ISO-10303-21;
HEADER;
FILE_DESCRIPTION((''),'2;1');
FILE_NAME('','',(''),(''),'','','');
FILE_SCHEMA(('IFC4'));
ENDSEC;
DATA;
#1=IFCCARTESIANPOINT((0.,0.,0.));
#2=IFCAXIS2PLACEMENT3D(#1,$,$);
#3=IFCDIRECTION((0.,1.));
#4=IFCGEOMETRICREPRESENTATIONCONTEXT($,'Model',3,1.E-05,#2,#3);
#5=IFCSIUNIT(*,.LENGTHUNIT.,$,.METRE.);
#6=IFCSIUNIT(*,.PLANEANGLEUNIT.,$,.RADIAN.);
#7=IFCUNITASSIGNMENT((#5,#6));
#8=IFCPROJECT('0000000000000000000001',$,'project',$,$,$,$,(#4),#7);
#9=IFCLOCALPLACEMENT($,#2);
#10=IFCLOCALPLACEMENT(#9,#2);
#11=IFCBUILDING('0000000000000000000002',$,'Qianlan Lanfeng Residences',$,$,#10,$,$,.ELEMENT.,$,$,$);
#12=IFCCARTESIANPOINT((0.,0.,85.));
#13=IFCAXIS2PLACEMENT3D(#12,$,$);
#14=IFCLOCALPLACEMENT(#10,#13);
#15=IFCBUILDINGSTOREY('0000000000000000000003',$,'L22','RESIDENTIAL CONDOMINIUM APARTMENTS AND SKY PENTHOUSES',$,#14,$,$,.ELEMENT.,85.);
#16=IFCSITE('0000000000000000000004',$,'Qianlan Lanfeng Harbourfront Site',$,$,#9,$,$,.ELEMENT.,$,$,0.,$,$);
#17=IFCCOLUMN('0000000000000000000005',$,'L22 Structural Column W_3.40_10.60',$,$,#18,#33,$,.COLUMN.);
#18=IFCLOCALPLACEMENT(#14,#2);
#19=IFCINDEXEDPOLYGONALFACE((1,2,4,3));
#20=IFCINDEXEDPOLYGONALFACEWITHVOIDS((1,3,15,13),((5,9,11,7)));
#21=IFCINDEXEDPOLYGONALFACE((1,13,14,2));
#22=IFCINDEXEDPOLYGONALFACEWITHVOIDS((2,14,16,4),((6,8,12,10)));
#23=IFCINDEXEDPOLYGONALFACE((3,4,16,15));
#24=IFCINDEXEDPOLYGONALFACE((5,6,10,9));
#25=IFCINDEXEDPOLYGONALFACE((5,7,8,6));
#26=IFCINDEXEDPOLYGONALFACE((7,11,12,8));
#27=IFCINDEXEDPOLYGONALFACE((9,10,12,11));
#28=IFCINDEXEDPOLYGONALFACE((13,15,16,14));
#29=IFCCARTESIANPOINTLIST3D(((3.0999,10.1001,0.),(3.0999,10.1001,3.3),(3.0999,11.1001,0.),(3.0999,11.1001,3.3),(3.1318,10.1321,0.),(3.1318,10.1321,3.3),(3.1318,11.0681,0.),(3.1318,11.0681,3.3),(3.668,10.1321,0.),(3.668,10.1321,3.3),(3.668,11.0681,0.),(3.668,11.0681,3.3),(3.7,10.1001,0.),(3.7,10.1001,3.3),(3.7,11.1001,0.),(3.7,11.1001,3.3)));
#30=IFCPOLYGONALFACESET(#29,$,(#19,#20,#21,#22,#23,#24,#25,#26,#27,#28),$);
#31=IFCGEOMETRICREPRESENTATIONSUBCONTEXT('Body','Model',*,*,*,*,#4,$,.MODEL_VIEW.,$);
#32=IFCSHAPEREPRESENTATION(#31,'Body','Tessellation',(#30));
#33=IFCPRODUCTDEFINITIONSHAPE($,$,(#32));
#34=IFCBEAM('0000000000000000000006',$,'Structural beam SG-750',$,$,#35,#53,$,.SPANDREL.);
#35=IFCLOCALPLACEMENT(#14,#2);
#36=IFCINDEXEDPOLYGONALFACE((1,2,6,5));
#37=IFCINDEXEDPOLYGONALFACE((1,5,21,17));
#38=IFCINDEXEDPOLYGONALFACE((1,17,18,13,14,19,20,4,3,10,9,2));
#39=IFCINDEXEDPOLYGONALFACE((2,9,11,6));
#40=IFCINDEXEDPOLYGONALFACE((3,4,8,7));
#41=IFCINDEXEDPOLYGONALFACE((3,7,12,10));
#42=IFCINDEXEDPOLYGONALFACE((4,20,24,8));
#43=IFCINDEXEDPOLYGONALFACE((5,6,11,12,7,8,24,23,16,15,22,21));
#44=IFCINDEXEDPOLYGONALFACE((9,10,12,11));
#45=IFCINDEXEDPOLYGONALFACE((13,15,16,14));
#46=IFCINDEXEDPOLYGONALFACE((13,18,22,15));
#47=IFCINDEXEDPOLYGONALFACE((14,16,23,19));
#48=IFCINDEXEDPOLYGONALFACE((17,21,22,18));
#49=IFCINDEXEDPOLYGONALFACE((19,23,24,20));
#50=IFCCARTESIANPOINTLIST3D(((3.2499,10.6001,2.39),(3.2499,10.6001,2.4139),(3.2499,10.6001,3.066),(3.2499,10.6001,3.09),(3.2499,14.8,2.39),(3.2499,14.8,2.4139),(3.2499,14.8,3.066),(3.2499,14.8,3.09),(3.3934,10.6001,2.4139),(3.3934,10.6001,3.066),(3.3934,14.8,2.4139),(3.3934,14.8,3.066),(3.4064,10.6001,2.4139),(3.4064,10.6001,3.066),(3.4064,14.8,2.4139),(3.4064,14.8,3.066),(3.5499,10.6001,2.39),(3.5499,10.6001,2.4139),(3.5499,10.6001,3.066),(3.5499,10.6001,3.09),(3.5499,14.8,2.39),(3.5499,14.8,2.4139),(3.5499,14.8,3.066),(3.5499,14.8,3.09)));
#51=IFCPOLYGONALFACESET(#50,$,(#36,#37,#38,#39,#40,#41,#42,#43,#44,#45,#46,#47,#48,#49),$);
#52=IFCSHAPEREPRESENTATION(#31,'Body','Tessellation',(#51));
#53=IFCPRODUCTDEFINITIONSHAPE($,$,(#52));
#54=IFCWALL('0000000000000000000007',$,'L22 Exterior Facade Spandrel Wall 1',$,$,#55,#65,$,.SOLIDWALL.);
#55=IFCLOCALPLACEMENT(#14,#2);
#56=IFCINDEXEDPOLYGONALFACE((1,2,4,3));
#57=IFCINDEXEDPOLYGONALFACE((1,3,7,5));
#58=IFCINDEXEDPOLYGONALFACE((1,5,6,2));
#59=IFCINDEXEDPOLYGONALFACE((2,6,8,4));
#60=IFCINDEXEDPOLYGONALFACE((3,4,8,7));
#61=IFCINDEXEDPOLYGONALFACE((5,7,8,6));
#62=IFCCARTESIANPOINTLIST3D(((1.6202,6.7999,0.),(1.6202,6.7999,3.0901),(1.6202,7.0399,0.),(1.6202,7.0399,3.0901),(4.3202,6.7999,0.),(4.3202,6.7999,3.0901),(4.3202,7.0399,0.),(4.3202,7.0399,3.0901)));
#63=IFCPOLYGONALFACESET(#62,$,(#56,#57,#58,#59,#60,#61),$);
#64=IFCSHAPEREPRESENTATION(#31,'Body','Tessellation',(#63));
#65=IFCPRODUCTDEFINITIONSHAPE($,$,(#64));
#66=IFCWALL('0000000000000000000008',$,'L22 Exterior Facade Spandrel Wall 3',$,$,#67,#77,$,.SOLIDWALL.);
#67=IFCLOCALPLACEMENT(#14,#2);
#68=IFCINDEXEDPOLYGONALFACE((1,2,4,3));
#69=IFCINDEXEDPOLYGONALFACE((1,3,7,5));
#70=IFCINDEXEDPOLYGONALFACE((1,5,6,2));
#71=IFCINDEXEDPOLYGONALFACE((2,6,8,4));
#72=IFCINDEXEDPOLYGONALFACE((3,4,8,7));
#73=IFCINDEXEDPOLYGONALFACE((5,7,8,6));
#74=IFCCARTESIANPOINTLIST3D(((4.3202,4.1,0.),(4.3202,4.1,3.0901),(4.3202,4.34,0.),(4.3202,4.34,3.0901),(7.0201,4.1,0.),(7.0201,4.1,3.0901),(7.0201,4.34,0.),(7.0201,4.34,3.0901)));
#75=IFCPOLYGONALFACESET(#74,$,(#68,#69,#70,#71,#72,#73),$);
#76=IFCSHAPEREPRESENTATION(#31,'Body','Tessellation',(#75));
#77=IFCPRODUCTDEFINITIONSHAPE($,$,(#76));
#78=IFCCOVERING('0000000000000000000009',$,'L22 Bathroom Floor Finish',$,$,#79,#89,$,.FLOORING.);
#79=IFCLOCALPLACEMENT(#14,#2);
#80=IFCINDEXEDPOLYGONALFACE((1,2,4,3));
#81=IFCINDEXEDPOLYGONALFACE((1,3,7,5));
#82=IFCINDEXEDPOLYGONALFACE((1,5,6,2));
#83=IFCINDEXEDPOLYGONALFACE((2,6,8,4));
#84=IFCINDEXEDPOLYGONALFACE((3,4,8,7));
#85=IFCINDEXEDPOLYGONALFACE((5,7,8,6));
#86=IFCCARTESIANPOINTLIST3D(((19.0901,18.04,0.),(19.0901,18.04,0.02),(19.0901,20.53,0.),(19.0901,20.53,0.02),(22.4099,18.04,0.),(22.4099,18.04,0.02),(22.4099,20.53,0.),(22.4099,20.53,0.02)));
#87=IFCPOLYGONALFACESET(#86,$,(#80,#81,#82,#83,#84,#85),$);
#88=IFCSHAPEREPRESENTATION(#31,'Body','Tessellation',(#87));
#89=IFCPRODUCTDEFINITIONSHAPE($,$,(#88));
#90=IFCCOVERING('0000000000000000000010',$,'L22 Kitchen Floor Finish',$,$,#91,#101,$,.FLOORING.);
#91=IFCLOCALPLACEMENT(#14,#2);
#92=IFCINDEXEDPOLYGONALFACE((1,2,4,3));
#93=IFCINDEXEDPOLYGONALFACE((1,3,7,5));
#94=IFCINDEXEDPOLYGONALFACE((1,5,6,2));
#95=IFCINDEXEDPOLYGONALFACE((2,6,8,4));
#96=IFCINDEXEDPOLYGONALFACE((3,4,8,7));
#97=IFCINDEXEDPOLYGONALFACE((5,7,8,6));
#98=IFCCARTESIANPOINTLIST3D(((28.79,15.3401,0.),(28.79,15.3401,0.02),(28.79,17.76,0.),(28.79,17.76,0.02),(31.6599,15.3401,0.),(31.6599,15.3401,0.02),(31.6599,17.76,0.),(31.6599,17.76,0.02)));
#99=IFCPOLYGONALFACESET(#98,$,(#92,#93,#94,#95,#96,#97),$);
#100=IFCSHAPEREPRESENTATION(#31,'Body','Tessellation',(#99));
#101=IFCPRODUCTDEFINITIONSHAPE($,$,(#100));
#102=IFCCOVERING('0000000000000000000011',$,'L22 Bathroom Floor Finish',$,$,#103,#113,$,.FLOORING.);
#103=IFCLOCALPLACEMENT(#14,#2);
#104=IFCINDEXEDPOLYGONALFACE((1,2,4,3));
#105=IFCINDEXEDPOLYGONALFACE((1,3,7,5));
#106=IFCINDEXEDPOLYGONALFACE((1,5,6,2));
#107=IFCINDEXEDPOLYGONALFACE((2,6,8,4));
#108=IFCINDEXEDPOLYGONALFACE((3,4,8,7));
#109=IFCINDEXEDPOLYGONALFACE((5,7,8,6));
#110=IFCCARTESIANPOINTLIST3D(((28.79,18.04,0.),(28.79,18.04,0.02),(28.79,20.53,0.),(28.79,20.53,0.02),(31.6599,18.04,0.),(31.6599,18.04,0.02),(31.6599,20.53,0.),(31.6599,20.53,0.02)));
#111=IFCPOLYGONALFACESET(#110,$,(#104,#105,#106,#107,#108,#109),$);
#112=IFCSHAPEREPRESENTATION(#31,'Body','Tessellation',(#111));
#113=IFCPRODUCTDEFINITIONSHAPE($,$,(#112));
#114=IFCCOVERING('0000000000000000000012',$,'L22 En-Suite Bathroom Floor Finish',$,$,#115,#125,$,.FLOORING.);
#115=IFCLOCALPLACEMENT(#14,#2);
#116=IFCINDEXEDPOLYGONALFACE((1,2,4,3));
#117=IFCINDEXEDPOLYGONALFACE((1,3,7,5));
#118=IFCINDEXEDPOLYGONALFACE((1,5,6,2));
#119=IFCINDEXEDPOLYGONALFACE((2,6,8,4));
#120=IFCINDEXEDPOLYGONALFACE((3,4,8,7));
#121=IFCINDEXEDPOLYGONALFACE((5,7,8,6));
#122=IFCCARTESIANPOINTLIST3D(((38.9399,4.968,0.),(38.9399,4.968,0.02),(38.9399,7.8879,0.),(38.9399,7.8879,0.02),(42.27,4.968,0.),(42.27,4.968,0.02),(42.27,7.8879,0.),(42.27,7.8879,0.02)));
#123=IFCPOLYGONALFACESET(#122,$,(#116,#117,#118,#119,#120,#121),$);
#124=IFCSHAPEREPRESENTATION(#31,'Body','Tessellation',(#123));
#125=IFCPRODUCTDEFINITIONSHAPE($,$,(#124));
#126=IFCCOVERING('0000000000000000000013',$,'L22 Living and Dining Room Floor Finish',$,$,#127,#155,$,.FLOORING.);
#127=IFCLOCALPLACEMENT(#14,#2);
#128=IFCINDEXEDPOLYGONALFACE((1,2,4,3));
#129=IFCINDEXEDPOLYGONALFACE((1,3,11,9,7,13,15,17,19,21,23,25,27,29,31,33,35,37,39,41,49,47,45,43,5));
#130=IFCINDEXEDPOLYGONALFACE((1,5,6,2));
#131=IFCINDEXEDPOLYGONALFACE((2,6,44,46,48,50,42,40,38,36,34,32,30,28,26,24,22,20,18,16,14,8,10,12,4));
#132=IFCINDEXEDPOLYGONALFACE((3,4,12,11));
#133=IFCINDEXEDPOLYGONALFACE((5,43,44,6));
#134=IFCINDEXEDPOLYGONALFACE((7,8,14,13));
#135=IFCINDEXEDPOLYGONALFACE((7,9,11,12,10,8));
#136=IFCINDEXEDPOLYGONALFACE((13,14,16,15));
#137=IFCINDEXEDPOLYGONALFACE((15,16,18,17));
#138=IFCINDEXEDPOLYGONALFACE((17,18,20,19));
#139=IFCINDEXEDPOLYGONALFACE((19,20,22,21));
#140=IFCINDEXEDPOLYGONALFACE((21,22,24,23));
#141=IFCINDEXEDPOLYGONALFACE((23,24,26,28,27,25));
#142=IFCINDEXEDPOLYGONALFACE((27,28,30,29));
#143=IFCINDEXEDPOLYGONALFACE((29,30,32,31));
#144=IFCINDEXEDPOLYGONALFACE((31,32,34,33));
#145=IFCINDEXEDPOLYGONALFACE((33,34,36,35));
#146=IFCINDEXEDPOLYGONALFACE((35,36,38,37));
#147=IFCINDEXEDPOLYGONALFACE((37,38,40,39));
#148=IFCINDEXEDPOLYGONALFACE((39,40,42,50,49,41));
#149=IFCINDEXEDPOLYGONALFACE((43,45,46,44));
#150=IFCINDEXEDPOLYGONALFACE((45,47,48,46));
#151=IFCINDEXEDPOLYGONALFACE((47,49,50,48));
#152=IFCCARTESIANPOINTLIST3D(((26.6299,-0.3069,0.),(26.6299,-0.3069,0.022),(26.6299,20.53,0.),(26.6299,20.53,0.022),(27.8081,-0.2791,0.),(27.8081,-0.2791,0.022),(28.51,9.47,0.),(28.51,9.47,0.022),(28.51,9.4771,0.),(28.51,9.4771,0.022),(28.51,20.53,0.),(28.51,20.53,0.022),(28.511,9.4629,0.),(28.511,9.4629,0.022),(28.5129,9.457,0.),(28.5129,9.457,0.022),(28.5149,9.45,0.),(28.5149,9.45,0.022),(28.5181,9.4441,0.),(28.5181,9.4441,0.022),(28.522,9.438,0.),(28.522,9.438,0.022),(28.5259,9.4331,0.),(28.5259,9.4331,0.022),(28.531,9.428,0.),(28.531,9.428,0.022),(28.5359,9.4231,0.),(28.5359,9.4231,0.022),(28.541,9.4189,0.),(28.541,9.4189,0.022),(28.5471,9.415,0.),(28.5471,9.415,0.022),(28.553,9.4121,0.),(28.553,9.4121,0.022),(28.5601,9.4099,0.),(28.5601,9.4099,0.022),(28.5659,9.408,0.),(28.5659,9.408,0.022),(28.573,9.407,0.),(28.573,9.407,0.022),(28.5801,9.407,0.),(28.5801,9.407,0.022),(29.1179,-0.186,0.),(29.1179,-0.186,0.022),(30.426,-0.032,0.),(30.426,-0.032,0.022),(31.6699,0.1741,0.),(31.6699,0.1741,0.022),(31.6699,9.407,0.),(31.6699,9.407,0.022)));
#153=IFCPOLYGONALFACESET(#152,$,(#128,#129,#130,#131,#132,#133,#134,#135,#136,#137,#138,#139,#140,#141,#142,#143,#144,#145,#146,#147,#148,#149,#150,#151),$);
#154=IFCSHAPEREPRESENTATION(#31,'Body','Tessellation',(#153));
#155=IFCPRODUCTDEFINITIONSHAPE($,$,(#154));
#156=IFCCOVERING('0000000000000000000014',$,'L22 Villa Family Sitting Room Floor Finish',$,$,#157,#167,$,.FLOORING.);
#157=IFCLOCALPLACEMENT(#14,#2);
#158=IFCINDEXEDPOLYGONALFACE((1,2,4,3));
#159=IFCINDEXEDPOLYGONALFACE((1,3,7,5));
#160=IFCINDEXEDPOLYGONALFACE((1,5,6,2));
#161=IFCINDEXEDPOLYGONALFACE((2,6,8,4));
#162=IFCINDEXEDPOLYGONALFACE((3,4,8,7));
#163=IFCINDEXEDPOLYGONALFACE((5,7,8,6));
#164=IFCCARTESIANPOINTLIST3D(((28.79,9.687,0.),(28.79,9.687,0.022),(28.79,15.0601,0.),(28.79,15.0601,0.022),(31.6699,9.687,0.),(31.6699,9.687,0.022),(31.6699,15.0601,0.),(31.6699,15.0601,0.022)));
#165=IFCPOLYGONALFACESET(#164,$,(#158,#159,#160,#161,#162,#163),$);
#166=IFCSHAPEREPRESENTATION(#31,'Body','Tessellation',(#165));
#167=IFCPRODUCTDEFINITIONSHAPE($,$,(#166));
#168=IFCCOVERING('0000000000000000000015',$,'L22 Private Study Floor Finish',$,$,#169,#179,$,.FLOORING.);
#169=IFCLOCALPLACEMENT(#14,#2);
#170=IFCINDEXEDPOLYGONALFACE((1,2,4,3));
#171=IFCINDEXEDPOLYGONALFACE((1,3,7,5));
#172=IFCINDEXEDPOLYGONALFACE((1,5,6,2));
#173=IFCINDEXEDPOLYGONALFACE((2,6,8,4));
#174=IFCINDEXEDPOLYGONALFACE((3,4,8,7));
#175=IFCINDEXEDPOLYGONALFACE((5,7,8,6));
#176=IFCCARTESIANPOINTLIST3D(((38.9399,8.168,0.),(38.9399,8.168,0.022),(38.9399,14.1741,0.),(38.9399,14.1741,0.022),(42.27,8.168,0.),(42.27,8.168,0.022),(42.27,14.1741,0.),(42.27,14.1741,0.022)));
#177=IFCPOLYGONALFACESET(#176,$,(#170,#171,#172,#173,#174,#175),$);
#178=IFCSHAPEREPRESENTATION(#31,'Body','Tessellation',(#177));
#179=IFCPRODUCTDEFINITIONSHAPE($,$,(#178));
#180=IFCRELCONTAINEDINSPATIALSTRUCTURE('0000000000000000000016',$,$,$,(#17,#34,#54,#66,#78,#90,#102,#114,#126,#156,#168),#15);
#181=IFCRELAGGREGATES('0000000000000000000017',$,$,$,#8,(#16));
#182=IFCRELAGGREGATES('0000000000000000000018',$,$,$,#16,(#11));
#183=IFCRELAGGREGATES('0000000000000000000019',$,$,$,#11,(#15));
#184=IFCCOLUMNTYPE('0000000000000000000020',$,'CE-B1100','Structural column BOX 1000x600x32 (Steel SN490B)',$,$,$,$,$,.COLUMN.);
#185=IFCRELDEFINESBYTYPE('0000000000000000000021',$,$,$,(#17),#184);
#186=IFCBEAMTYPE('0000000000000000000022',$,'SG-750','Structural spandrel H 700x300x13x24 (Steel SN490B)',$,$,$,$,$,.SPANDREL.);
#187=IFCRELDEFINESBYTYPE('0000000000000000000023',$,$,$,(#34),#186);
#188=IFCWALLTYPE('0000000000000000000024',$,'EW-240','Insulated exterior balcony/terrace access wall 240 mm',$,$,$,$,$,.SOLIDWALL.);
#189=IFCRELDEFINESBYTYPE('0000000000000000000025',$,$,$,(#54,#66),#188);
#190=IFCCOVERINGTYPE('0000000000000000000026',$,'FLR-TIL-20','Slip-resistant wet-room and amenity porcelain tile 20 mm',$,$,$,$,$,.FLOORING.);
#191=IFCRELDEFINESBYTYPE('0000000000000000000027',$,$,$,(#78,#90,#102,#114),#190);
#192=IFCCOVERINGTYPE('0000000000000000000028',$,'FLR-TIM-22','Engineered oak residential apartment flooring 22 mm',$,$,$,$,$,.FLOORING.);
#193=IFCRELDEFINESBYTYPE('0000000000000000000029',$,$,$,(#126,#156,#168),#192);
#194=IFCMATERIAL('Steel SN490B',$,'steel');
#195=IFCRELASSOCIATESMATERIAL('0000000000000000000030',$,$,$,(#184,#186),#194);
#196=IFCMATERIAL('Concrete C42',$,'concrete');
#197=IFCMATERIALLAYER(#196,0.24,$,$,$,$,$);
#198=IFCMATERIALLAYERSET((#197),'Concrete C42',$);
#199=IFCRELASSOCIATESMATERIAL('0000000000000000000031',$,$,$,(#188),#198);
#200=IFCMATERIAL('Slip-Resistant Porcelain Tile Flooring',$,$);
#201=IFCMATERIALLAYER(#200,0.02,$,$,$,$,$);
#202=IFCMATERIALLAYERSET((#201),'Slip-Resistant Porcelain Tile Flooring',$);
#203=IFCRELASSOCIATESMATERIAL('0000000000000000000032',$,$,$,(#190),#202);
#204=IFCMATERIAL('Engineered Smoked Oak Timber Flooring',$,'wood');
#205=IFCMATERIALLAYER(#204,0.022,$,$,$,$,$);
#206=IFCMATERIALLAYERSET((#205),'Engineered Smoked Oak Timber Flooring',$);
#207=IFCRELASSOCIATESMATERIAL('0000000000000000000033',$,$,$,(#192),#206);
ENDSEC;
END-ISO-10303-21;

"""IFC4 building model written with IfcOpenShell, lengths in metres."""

from ifc_helpers import new_model, si_unit, direction, frame, frame_2d, origin, origin_2d, place, context, subcontext, project, spatial, polyline, rectangle, hollow_rectangle, i_section, outline, extrude, material, layer, layer_set, material_profile, profile_set, type_object, element, save


model = new_model("IFC4")

# Units and contexts
model_context = context("Model", 3, precision=1e-05, world=origin(), true_north=direction((0.0, 1.0)))
body_context = subcontext(model_context, "Body", "Model", "MODEL_VIEW")
ifc_project = project(units=[si_unit("LENGTHUNIT", "METRE"), si_unit("PLANEANGLEUNIT", "RADIAN")], contexts=[model_context])

# Site, building, storey
site_placement = place(None, origin())
site = spatial("IfcSite", under=ifc_project, at=site_placement, Name="Qianlan Lanfeng Harbourfront Site", CompositionType="ELEMENT", RefElevation=0.0)
building_placement = place(site_placement, origin())
building = spatial("IfcBuilding", under=site, at=building_placement, Name="Qianlan Lanfeng Residences", CompositionType="ELEMENT")
storey_placement = place(building_placement, frame((0.0, 0.0, 85.0)))
storey = spatial("IfcBuildingStorey", under=building, at=storey_placement, Name="L22", Description="RESIDENTIAL CONDOMINIUM APARTMENTS AND SKY PENTHOUSES", CompositionType="ELEMENT", Elevation=85.0)

# Column
ifc_material_1 = material(Name="Steel SN490B", Category="steel")
ifc_material_profile_1 = material_profile(ifc_material_1, hollow_rectangle(XDim=0.6001, YDim=1.0, WallThickness=0.032, at=origin_2d()), Name="BOX 1000x600x32")
ifc_profile_set_1 = profile_set([ifc_material_profile_1], Name="Steel SN490B")
column_type = type_object("IfcColumnType", Name="CE-B1100", Description="Structural column BOX 1000x600x32 (Steel SN490B)", PredefinedType="COLUMN", material=ifc_profile_set_1)
column_placement = place(storey_placement, frame((3.3999, 10.6001, 0.0), z_axis=(0.0, 0.0, 1.0), x_axis=(1.0, 0.0, 0.0)))
element("IfcColumn", 1, at=column_placement, inside=storey, type_object=column_type, Name="L22 Structural Column W_3.40_10.60", PredefinedType="COLUMN", context=body_context, shape_type="SweptSolid", body=[
    extrude(hollow_rectangle(XDim=0.6001, YDim=1.0, WallThickness=0.032, at=origin_2d()), origin(), (0.0, 0.0, 1.0), 3.3),
])

# Beam
ifc_material_profile_2 = material_profile(ifc_material_1, i_section(OverallWidth=0.3, OverallDepth=0.7, WebThickness=0.0129, FlangeThickness=0.0239, at=origin_2d()), Name="H 700x300x13x24")
ifc_profile_set_2 = profile_set([ifc_material_profile_2], Name="Steel SN490B")
beam_type = type_object("IfcBeamType", Name="SG-750", Description="Structural spandrel H 700x300x13x24 (Steel SN490B)", PredefinedType="SPANDREL", material=ifc_profile_set_2)
beam_placement = place(storey_placement, frame((3.3999, 10.6001, 2.74), z_axis=(0.0, 1.0, 0.0), x_axis=(-1.0, 0.0, 0.0)))
element("IfcBeam", 2, at=beam_placement, inside=storey, type_object=beam_type, Name="Structural beam SG-750", PredefinedType="SPANDREL", context=body_context, shape_type="SweptSolid", body=[
    extrude(i_section(OverallWidth=0.3, OverallDepth=0.7, WebThickness=0.0129, FlangeThickness=0.0239, at=origin_2d()), origin(), (0.0, 0.0, 1.0), 4.2),
])

# Walls
ifc_material_2 = material(Name="Concrete C42", Category="concrete")
ifc_layer_1 = layer(ifc_material_2, 0.24)
ifc_layer_set_1 = layer_set([ifc_layer_1], Name="Concrete C42")
wall_type = type_object("IfcWallType", Name="EW-240", Description="Insulated exterior balcony/terrace access wall 240 mm", PredefinedType="SOLIDWALL", material=ifc_layer_set_1)
for number, where, z_axis, x_axis, name in (
    (3, (1.6201, 6.9199, 0.0), (0.0, 0.0, 1.0), (1.0, 0.0, 0.0), "L22 Exterior Facade Spandrel Wall 1"),
    (4, (4.3201, 4.22, 0.0), (0.0, 0.0, 1.0), (1.0, 0.0, 0.0), "L22 Exterior Facade Spandrel Wall 3"),
):
    element("IfcWall", number, at=place(storey_placement, frame(where, z_axis=z_axis, x_axis=x_axis)), inside=storey, type_object=wall_type, Name=name, PredefinedType="SOLIDWALL", context=body_context, shape_type="SweptSolid", body=[
        extrude(rectangle(XDim=2.7, YDim=0.24, at=frame_2d((1.3501, 0.0))), origin(), (0.0, 0.0, 1.0), 3.0901),
    ])

# Coverings
ifc_material_3 = material(Name="Slip-Resistant Porcelain Tile Flooring")
ifc_layer_2 = layer(ifc_material_3, 0.02)
ifc_layer_set_2 = layer_set([ifc_layer_2], Name="Slip-Resistant Porcelain Tile Flooring")
covering_type_1 = type_object("IfcCoveringType", Name="FLR-TIL-20", Description="Slip-resistant wet-room and amenity porcelain tile 20 mm", PredefinedType="FLOORING", material=ifc_layer_set_2)
covering_1_placement = place(storey_placement, origin())
element("IfcCovering", 5, at=covering_1_placement, inside=storey, type_object=covering_type_1, Name="L22 Bathroom Floor Finish", PredefinedType="FLOORING", context=body_context, shape_type="SweptSolid", body=[
    extrude(outline(polyline([(19.0901, 18.04), (22.4099, 18.04), (22.4099, 20.53), (19.0901, 20.53), (19.0901, 18.04)])), origin(), (0.0, 0.0, 1.0), 0.02),
])
covering_2_placement = place(storey_placement, origin())
element("IfcCovering", 6, at=covering_2_placement, inside=storey, type_object=covering_type_1, Name="L22 Kitchen Floor Finish", PredefinedType="FLOORING", context=body_context, shape_type="SweptSolid", body=[
    extrude(outline(polyline([(28.79, 15.3401), (31.6599, 15.3401), (31.6599, 17.76), (28.79, 17.76), (28.79, 15.3401)])), origin(), (0.0, 0.0, 1.0), 0.02),
])
covering_3_placement = place(storey_placement, origin())
element("IfcCovering", 7, at=covering_3_placement, inside=storey, type_object=covering_type_1, Name="L22 Bathroom Floor Finish", PredefinedType="FLOORING", context=body_context, shape_type="SweptSolid", body=[
    extrude(outline(polyline([(28.79, 18.04), (31.6599, 18.04), (31.6599, 20.53), (28.79, 20.53), (28.79, 18.04)])), origin(), (0.0, 0.0, 1.0), 0.02),
])
covering_4_placement = place(storey_placement, origin())
element("IfcCovering", 8, at=covering_4_placement, inside=storey, type_object=covering_type_1, Name="L22 En-Suite Bathroom Floor Finish", PredefinedType="FLOORING", context=body_context, shape_type="SweptSolid", body=[
    extrude(outline(polyline([(38.9399, 4.968), (42.27, 4.968), (42.27, 7.8879), (38.9399, 7.8879), (38.9399, 4.968)])), origin(), (0.0, 0.0, 1.0), 0.02),
])
ifc_material_4 = material(Name="Engineered Smoked Oak Timber Flooring", Category="wood")
ifc_layer_3 = layer(ifc_material_4, 0.022)
ifc_layer_set_3 = layer_set([ifc_layer_3], Name="Engineered Smoked Oak Timber Flooring")
covering_type_2 = type_object("IfcCoveringType", Name="FLR-TIM-22", Description="Engineered oak residential apartment flooring 22 mm", PredefinedType="FLOORING", material=ifc_layer_set_3)
covering_5_placement = place(storey_placement, origin())
element("IfcCovering", 9, at=covering_5_placement, inside=storey, type_object=covering_type_2, Name="L22 Living and Dining Room Floor Finish", PredefinedType="FLOORING", context=body_context, shape_type="SweptSolid", body=[
    extrude(outline(polyline([(31.6699, 0.1741), (31.6699, 9.407), (28.5801, 9.407), (28.573, 9.407), (28.5659, 9.408), (28.5601, 9.4099), (28.553, 9.4121), (28.5471, 9.415), (28.541, 9.4189), (28.5359, 9.4231), (28.531, 9.428), (28.5259, 9.4331), (28.522, 9.438), (28.5181, 9.4441), (28.5149, 9.45), (28.5129, 9.457), (28.511, 9.4629), (28.51, 9.47), (28.51, 9.4771), (28.51, 20.53), (26.6299, 20.53), (26.6299, -0.3069), (27.8081, -0.2791), (29.1179, -0.186), (30.426, -0.032), (31.6699, 0.1741)])), origin(), (0.0, 0.0, 1.0), 0.022),
])
covering_6_placement = place(storey_placement, origin())
element("IfcCovering", 10, at=covering_6_placement, inside=storey, type_object=covering_type_2, Name="L22 Villa Family Sitting Room Floor Finish", PredefinedType="FLOORING", context=body_context, shape_type="SweptSolid", body=[
    extrude(outline(polyline([(28.79, 15.0601), (28.79, 9.687), (31.6699, 9.687), (31.6699, 15.0601), (28.79, 15.0601)])), origin(), (0.0, 0.0, 1.0), 0.022),
])
covering_7_placement = place(storey_placement, origin())
element("IfcCovering", 11, at=covering_7_placement, inside=storey, type_object=covering_type_2, Name="L22 Private Study Floor Finish", PredefinedType="FLOORING", context=body_context, shape_type="SweptSolid", body=[
    extrude(outline(polyline([(38.9399, 8.168), (42.27, 8.168), (42.27, 14.1741), (38.9399, 14.1741), (38.9399, 8.168)])), origin(), (0.0, 0.0, 1.0), 0.022),
])

save(model, "model.ifc")
